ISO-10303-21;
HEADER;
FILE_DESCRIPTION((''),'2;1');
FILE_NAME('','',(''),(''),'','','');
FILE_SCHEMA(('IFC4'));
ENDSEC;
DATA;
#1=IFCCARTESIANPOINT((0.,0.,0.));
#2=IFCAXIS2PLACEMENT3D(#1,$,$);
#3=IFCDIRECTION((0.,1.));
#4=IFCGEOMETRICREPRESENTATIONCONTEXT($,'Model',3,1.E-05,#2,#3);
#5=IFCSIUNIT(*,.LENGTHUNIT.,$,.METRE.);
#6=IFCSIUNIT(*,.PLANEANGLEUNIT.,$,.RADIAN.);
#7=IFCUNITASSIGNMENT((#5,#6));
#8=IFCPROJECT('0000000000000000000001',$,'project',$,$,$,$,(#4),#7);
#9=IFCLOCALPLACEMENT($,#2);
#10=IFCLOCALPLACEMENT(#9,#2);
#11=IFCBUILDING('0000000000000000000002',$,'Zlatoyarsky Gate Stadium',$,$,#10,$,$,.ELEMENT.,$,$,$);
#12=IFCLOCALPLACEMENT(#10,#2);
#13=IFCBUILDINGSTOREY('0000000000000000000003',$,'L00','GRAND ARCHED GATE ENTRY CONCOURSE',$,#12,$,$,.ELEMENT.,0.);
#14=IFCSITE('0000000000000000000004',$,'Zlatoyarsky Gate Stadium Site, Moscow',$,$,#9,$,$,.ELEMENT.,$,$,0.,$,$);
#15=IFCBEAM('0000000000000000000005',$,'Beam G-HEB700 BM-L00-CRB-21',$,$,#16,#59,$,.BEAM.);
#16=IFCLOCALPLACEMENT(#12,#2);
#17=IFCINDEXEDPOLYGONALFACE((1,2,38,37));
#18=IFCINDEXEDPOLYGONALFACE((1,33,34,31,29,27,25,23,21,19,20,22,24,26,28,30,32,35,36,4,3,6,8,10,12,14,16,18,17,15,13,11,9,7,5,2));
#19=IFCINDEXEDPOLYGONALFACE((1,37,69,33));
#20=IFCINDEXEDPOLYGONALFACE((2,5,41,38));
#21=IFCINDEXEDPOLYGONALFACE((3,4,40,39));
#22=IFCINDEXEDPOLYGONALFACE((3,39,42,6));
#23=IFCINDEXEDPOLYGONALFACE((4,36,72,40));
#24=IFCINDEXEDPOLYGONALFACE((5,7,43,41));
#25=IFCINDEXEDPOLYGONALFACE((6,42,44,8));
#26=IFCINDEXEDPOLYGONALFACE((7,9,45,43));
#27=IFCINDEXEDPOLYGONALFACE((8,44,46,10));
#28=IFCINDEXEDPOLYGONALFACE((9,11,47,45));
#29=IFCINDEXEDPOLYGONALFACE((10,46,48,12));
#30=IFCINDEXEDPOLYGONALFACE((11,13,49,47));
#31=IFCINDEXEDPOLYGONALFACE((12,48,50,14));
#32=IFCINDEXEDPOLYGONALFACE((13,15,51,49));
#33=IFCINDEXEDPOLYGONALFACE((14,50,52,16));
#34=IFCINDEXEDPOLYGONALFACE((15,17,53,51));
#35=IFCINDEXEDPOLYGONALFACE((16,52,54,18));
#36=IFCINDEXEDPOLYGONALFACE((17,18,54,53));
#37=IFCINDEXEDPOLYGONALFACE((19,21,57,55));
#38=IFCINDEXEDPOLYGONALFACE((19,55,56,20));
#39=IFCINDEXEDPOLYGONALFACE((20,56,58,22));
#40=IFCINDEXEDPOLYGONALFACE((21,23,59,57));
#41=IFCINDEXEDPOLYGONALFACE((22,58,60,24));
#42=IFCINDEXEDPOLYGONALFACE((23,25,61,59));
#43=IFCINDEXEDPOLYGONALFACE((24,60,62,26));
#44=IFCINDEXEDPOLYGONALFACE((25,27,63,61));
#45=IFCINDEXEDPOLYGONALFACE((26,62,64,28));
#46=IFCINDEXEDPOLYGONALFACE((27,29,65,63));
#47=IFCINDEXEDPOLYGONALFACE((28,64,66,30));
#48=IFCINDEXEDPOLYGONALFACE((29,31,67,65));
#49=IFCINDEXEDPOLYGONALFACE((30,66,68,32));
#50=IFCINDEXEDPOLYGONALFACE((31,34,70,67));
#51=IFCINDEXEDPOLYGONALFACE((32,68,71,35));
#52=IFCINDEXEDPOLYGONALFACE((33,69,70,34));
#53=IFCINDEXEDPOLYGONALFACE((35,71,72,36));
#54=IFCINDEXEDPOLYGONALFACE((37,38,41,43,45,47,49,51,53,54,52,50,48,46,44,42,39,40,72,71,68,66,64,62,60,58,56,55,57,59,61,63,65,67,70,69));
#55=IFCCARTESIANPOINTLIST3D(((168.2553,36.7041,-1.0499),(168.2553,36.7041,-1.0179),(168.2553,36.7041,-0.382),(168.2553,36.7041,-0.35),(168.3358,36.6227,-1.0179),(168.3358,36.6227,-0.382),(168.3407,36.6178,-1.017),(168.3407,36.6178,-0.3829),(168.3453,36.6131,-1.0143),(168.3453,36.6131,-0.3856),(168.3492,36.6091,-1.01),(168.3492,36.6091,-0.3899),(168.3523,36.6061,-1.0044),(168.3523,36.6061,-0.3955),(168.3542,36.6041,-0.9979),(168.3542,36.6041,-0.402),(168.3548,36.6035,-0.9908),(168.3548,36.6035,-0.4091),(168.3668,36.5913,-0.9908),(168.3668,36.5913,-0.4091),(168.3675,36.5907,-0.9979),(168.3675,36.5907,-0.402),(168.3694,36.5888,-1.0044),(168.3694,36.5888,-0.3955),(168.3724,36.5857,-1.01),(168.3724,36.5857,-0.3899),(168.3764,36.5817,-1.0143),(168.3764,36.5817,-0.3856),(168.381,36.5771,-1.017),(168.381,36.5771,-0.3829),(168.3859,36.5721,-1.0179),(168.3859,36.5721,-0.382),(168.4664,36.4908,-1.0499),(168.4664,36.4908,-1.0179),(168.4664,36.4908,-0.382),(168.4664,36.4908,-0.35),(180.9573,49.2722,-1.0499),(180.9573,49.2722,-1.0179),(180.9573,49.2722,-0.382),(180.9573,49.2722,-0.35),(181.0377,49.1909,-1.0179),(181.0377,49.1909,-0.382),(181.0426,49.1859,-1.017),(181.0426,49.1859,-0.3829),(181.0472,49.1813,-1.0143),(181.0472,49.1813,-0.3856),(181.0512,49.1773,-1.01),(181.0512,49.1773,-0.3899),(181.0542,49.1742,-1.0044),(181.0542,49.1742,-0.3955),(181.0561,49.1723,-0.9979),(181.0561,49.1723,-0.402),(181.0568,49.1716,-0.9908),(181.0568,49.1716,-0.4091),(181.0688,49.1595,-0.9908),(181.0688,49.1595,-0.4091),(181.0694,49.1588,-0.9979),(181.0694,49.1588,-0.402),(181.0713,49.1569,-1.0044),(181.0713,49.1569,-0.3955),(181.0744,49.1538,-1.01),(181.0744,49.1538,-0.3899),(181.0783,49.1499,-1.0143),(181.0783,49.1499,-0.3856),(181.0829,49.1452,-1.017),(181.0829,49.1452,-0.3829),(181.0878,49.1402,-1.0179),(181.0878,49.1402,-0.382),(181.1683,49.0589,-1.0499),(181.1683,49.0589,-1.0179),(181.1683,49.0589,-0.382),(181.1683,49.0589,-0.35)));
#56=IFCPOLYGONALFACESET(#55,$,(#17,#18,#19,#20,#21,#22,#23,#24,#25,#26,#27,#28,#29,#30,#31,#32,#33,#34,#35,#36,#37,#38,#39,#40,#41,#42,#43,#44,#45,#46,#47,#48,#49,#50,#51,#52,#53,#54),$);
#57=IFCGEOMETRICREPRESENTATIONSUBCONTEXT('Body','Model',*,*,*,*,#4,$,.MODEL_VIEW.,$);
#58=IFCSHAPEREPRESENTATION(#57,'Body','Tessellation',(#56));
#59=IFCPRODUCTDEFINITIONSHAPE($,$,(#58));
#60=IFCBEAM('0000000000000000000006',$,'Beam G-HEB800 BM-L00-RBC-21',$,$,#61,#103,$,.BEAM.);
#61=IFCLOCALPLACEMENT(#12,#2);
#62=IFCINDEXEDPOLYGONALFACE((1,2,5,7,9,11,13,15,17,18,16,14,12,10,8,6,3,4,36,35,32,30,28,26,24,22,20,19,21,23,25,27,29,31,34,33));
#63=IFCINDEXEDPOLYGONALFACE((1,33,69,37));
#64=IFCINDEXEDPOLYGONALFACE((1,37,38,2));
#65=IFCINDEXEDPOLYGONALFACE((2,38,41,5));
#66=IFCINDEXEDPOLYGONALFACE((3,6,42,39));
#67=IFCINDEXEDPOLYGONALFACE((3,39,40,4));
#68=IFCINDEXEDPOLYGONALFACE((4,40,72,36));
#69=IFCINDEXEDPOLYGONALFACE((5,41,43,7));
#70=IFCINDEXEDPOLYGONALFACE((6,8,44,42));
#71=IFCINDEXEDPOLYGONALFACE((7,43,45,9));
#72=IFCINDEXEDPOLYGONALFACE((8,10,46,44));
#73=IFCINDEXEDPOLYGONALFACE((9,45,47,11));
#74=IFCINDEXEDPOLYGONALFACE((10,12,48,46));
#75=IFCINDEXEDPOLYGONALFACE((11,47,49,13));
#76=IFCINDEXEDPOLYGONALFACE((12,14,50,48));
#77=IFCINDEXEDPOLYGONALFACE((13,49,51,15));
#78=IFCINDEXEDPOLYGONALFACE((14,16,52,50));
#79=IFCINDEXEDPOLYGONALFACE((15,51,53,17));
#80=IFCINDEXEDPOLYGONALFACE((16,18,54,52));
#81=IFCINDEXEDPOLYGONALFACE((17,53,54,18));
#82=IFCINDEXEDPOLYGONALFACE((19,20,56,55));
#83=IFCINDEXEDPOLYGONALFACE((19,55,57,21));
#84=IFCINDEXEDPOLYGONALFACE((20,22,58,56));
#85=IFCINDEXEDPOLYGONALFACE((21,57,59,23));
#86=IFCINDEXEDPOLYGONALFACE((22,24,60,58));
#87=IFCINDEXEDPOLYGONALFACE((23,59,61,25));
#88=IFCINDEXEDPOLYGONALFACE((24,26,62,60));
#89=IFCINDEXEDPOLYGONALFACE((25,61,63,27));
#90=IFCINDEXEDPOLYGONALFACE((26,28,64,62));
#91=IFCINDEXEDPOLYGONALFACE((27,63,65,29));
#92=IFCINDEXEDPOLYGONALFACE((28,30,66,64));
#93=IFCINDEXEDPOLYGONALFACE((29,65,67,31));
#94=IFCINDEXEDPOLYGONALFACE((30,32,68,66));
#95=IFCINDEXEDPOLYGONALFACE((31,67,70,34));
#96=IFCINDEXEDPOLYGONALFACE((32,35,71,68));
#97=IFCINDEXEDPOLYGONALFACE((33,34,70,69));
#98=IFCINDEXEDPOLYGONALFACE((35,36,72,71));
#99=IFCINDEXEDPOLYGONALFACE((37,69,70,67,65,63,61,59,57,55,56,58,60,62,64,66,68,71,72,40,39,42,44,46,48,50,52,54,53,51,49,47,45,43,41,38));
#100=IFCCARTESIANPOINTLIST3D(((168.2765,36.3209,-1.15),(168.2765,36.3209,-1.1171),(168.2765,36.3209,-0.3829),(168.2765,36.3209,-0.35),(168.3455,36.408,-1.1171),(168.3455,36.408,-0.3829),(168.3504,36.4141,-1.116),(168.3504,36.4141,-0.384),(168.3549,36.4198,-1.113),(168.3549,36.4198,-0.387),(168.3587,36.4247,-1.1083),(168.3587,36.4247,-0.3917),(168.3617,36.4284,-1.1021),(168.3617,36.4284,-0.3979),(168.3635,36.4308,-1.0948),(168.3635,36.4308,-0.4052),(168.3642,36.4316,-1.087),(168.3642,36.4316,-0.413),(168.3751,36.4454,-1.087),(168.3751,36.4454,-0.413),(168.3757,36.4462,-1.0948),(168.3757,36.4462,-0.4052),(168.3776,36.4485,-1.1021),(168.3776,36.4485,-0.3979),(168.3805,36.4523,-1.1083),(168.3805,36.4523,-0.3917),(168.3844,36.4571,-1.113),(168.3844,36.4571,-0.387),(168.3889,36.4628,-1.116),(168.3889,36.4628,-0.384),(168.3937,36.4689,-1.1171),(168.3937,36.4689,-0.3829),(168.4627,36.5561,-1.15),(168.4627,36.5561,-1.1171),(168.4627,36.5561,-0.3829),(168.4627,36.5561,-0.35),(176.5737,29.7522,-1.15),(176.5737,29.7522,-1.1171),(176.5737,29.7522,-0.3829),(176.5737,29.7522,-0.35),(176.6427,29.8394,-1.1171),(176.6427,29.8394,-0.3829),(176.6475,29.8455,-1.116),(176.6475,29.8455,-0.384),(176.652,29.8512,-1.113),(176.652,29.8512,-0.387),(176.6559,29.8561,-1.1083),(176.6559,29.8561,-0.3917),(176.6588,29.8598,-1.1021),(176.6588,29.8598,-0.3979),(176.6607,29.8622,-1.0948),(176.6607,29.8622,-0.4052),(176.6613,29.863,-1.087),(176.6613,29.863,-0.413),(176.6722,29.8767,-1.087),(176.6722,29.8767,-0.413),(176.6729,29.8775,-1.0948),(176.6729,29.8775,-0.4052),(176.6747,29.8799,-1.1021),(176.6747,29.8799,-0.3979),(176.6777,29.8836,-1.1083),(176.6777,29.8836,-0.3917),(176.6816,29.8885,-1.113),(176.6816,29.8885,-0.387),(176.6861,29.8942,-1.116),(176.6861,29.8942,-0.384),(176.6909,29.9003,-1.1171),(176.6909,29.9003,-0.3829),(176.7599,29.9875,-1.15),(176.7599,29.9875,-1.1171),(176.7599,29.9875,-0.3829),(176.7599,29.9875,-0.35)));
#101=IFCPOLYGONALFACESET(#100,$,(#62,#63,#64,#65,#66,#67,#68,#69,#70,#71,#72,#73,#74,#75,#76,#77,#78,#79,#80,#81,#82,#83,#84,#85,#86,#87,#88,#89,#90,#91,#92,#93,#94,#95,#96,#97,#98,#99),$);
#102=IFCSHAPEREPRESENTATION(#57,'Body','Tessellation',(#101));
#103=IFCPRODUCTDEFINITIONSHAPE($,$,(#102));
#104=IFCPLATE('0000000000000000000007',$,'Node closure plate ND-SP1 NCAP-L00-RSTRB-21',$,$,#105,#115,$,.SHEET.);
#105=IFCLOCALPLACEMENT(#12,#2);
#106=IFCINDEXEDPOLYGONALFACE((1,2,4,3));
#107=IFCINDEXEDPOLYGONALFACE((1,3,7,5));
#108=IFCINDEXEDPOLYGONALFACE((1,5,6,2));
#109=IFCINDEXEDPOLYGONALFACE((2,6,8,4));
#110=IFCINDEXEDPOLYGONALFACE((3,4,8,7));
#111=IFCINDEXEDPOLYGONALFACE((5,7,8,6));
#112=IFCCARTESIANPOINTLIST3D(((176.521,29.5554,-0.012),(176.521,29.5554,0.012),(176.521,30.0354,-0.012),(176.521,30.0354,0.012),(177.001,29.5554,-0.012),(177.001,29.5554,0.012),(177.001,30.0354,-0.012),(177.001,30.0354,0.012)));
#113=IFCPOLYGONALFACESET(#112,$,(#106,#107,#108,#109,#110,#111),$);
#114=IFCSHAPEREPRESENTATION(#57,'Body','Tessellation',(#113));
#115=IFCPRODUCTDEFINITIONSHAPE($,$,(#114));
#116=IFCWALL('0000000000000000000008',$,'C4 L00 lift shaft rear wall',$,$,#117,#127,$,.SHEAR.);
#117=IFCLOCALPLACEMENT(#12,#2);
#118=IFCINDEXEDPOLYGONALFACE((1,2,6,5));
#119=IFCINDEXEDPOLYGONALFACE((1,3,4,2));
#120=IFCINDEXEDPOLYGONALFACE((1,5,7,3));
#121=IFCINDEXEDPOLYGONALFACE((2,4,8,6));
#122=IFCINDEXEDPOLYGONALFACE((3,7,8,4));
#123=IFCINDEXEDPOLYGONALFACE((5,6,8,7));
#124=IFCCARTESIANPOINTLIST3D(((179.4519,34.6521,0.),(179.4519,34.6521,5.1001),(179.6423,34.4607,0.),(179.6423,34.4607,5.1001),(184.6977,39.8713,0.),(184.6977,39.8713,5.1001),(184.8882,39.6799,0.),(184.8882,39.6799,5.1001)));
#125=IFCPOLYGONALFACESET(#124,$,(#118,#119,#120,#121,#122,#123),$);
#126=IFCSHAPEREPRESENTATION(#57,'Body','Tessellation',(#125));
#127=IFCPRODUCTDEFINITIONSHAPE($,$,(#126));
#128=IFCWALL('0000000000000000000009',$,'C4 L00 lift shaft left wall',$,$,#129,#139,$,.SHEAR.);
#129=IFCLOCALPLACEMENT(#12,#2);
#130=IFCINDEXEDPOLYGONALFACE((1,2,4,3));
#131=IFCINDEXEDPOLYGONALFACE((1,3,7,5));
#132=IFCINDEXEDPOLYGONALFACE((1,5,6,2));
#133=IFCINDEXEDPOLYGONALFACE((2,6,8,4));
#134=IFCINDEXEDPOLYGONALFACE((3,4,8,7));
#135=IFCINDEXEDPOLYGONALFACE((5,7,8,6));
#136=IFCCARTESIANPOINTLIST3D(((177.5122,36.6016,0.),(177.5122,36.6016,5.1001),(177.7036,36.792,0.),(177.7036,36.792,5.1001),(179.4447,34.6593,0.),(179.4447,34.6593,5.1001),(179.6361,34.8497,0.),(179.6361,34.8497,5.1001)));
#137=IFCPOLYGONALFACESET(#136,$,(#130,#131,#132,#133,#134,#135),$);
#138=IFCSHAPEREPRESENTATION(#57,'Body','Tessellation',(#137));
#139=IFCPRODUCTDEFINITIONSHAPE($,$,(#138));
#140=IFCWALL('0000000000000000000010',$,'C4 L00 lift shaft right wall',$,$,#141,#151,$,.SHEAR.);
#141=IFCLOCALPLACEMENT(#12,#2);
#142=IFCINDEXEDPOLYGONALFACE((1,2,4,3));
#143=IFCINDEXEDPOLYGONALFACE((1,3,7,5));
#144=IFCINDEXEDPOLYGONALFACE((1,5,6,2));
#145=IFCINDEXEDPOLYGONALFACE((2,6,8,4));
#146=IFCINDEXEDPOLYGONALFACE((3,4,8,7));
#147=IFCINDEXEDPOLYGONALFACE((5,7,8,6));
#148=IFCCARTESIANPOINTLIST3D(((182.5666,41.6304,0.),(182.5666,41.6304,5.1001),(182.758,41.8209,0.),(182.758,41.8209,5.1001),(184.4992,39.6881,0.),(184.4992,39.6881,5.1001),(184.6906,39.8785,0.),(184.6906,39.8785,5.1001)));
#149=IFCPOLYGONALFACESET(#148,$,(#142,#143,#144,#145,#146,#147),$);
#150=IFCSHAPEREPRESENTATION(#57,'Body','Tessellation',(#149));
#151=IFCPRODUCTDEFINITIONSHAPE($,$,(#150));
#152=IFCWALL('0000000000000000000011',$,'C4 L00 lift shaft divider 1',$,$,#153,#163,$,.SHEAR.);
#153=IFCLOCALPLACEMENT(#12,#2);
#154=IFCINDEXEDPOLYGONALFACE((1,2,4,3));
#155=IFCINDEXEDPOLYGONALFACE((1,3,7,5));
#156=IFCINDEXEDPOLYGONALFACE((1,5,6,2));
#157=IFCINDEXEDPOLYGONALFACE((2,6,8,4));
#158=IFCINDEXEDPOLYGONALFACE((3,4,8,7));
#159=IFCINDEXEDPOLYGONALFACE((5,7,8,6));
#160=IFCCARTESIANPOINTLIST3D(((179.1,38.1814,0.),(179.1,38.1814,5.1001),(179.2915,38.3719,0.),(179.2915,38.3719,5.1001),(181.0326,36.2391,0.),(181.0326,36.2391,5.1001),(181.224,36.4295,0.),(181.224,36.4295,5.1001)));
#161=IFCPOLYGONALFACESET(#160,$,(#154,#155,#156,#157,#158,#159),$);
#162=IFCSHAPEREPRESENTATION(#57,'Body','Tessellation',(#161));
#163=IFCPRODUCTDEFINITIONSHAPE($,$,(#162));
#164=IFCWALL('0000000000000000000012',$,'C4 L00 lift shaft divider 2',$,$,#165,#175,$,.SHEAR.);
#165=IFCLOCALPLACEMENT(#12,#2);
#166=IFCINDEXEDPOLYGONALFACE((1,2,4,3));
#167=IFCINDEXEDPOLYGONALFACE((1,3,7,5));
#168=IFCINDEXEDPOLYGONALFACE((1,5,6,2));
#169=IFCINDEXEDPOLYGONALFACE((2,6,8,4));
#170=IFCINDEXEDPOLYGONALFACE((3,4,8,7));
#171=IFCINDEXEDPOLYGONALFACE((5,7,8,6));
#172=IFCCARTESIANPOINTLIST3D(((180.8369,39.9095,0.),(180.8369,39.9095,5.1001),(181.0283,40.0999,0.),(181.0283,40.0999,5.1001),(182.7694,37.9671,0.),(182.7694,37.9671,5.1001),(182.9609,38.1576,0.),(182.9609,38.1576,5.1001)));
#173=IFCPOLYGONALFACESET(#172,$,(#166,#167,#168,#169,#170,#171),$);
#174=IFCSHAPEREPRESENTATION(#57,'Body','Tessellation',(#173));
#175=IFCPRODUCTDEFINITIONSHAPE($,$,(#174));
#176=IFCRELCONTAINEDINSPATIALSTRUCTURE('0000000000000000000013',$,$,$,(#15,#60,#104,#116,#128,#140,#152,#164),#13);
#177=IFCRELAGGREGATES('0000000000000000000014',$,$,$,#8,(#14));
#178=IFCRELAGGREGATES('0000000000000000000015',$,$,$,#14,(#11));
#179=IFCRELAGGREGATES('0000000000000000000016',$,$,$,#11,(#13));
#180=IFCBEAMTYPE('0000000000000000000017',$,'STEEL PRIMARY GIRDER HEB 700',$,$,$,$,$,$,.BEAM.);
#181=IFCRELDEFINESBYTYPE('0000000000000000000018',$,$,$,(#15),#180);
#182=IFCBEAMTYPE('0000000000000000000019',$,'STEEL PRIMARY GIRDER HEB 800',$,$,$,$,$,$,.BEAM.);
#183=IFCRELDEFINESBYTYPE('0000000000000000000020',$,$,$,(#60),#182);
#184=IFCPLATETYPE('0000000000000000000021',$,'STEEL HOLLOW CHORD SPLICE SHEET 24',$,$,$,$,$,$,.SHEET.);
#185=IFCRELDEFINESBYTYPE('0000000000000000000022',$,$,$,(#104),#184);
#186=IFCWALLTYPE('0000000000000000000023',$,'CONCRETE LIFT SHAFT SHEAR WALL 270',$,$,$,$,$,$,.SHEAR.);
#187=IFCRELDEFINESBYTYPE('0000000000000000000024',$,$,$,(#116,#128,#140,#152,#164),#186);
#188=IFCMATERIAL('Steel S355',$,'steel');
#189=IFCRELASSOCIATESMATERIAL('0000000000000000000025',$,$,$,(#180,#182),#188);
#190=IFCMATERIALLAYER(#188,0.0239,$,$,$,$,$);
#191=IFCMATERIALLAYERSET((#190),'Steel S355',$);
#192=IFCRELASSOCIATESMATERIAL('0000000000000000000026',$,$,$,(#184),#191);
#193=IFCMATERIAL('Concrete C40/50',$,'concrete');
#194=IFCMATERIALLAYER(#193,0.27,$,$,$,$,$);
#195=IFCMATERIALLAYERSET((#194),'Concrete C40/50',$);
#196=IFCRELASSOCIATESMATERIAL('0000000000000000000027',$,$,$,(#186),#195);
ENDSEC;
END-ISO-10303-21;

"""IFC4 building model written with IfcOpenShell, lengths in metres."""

from ifc_helpers import new_model, si_unit, direction, frame, frame_2d, origin, origin_2d, place, context, subcontext, project, spatial, rectangle, i_section, extrude, material, layer, layer_set, material_profile, profile_set, type_object, element, save


model = new_model("IFC4")

# Units and contexts
model_context = context("Model", 3, precision=1e-05, world=origin(), true_north=direction((0.0, 1.0)))
body_context = subcontext(model_context, "Body", "Model", "MODEL_VIEW")
ifc_project = project(units=[si_unit("LENGTHUNIT", "METRE"), si_unit("PLANEANGLEUNIT", "RADIAN")], contexts=[model_context])

# Site, building, storey
site_placement = place(None, origin())
site = spatial("IfcSite", under=ifc_project, at=site_placement, Name="Zlatoyarsky Gate Stadium Site, Moscow", CompositionType="ELEMENT", RefElevation=0.0)
building_placement = place(site_placement, origin())
building = spatial("IfcBuilding", under=site, at=building_placement, Name="Zlatoyarsky Gate Stadium", CompositionType="ELEMENT")
storey_placement = place(building_placement, origin())
storey = spatial("IfcBuildingStorey", under=building, at=storey_placement, Name="L00", Description="GRAND ARCHED GATE ENTRY CONCOURSE", CompositionType="ELEMENT", Elevation=0.0)

# Shared definitions
ifc_material_1 = material(Name="Concrete C40/50", Category="concrete")

# Shared definitions
ifc_material_2 = material(Name="Steel S355", Category="steel")

# Beams
ifc_material_profile_1 = material_profile(ifc_material_2, i_section(OverallWidth=0.3, OverallDepth=0.7, WebThickness=0.0171, FlangeThickness=0.032, FilletRadius=0.0271, at=origin_2d()), Name="HEB 700")
ifc_profile_set_1 = profile_set([ifc_material_profile_1], Name="Steel S355")
beam_type_1 = type_object("IfcBeamType", Name="STEEL PRIMARY GIRDER HEB 700", PredefinedType="BEAM", material=ifc_profile_set_1)
beam_1_placement = place(storey_placement, frame((168.3608, 36.5974, -0.7), z_axis=(0.710841, 0.703353, 0.0), x_axis=(-0.703353, 0.710841, 0.0)))
element("IfcBeam", 1, at=beam_1_placement, inside=storey, type_object=beam_type_1, Name="Beam G-HEB700 BM-L00-CRB-21", PredefinedType="BEAM", context=body_context, shape_type="SweptSolid", body=[
    extrude(i_section(OverallWidth=0.3, OverallDepth=0.7, WebThickness=0.0171, FlangeThickness=0.032, FilletRadius=0.0271, at=origin_2d()), origin(), (0.0, 0.0, 1.0), 17.8689),
])
ifc_material_profile_2 = material_profile(ifc_material_2, i_section(OverallWidth=0.3, OverallDepth=0.8, WebThickness=0.0176, FlangeThickness=0.033, FilletRadius=0.03, at=origin_2d()), Name="HEB 800")
ifc_profile_set_2 = profile_set([ifc_material_profile_2], Name="Steel S355")
beam_type_2 = type_object("IfcBeamType", Name="STEEL PRIMARY GIRDER HEB 800", PredefinedType="BEAM", material=ifc_profile_set_2)
beam_2_placement = place(storey_placement, frame((168.3696, 36.4385, -0.75), z_axis=(0.784043, -0.620706, 0.0), x_axis=(0.620706, 0.784043, 0.0)))
element("IfcBeam", 2, at=beam_2_placement, inside=storey, type_object=beam_type_2, Name="Beam G-HEB800 BM-L00-RBC-21", PredefinedType="BEAM", context=body_context, shape_type="SweptSolid", body=[
    extrude(i_section(OverallWidth=0.3, OverallDepth=0.8, WebThickness=0.0176, FlangeThickness=0.033, FilletRadius=0.03, at=origin_2d()), origin(), (0.0, 0.0, 1.0), 10.5825),
])

# Plate
ifc_layer_1 = layer(ifc_material_2, 0.0239)
ifc_layer_set_1 = layer_set([ifc_layer_1], Name="Steel S355")
plate_type = type_object("IfcPlateType", Name="STEEL HOLLOW CHORD SPLICE SHEET 24", PredefinedType="SHEET", material=ifc_layer_set_1)
plate_placement = place(storey_placement, frame((176.761, 29.7954, -0.012), z_axis=(0.0, 0.0, 1.0), x_axis=(1.0, 0.0, 0.0)))
element("IfcPlate", 3, at=plate_placement, inside=storey, type_object=plate_type, Name="Node closure plate ND-SP1 NCAP-L00-RSTRB-21", PredefinedType="SHEET", context=body_context, shape_type="SweptSolid", body=[
    extrude(rectangle(XDim=0.48, YDim=0.48, at=origin_2d()), origin(), (0.0, 0.0, 1.0), 0.0239),
])

# Walls
ifc_layer_2 = layer(ifc_material_1, 0.27)
ifc_layer_set_2 = layer_set([ifc_layer_2], Name="Concrete C40/50")
wall_type_1 = type_object("IfcWallType", Name="CONCRETE LIFT SHAFT SHEAR WALL 270", PredefinedType="SHEAR", material=ifc_layer_set_2)
wall_1_placement = place(storey_placement, frame((179.5471, 34.5564, 0.0), z_axis=(0.0, 0.0, 1.0), x_axis=(0.708903, 0.705306, 0.0)))
element("IfcWall", 4, at=wall_1_placement, inside=storey, type_object=wall_type_1, Name="C4 L00 lift shaft rear wall", PredefinedType="SHEAR", context=body_context, shape_type="SweptSolid", body=[
    extrude(rectangle(XDim=7.3999, YDim=0.27, at=frame_2d((3.7, 0.0))), origin(), (0.0, 0.0, 1.0), 5.1001),
])
for number, where, z_axis, x_axis, name in (
    (5, (179.5405, 34.7544, 0.0), (0.0, 0.0, 1.0), (-0.705323, 0.708887, 0.0), "C4 L00 lift shaft left wall"),
    (6, (184.595, 39.7832, 0.0), (0.0, 0.0, 1.0), (-0.705323, 0.708887, 0.0), "C4 L00 lift shaft right wall"),
    (7, (181.1284, 36.3342, 0.0), (0.0, 0.0, 1.0), (-0.705323, 0.708887, 0.0), "C4 L00 lift shaft divider 1"),
    (8, (182.8652, 38.0623, 0.0), (0.0, 0.0, 1.0), (-0.705323, 0.708887, 0.0), "C4 L00 lift shaft divider 2"),
):
    element("IfcWall", number, at=place(storey_placement, frame(where, z_axis=z_axis, x_axis=x_axis)), inside=storey, type_object=wall_type_1, Name=name, PredefinedType="SHEAR", context=body_context, shape_type="SweptSolid", body=[
        extrude(rectangle(XDim=2.74, YDim=0.27, at=frame_2d((1.3701, 0.0))), origin(), (0.0, 0.0, 1.0), 5.1001),
    ])

save(model, "model.ifc")
